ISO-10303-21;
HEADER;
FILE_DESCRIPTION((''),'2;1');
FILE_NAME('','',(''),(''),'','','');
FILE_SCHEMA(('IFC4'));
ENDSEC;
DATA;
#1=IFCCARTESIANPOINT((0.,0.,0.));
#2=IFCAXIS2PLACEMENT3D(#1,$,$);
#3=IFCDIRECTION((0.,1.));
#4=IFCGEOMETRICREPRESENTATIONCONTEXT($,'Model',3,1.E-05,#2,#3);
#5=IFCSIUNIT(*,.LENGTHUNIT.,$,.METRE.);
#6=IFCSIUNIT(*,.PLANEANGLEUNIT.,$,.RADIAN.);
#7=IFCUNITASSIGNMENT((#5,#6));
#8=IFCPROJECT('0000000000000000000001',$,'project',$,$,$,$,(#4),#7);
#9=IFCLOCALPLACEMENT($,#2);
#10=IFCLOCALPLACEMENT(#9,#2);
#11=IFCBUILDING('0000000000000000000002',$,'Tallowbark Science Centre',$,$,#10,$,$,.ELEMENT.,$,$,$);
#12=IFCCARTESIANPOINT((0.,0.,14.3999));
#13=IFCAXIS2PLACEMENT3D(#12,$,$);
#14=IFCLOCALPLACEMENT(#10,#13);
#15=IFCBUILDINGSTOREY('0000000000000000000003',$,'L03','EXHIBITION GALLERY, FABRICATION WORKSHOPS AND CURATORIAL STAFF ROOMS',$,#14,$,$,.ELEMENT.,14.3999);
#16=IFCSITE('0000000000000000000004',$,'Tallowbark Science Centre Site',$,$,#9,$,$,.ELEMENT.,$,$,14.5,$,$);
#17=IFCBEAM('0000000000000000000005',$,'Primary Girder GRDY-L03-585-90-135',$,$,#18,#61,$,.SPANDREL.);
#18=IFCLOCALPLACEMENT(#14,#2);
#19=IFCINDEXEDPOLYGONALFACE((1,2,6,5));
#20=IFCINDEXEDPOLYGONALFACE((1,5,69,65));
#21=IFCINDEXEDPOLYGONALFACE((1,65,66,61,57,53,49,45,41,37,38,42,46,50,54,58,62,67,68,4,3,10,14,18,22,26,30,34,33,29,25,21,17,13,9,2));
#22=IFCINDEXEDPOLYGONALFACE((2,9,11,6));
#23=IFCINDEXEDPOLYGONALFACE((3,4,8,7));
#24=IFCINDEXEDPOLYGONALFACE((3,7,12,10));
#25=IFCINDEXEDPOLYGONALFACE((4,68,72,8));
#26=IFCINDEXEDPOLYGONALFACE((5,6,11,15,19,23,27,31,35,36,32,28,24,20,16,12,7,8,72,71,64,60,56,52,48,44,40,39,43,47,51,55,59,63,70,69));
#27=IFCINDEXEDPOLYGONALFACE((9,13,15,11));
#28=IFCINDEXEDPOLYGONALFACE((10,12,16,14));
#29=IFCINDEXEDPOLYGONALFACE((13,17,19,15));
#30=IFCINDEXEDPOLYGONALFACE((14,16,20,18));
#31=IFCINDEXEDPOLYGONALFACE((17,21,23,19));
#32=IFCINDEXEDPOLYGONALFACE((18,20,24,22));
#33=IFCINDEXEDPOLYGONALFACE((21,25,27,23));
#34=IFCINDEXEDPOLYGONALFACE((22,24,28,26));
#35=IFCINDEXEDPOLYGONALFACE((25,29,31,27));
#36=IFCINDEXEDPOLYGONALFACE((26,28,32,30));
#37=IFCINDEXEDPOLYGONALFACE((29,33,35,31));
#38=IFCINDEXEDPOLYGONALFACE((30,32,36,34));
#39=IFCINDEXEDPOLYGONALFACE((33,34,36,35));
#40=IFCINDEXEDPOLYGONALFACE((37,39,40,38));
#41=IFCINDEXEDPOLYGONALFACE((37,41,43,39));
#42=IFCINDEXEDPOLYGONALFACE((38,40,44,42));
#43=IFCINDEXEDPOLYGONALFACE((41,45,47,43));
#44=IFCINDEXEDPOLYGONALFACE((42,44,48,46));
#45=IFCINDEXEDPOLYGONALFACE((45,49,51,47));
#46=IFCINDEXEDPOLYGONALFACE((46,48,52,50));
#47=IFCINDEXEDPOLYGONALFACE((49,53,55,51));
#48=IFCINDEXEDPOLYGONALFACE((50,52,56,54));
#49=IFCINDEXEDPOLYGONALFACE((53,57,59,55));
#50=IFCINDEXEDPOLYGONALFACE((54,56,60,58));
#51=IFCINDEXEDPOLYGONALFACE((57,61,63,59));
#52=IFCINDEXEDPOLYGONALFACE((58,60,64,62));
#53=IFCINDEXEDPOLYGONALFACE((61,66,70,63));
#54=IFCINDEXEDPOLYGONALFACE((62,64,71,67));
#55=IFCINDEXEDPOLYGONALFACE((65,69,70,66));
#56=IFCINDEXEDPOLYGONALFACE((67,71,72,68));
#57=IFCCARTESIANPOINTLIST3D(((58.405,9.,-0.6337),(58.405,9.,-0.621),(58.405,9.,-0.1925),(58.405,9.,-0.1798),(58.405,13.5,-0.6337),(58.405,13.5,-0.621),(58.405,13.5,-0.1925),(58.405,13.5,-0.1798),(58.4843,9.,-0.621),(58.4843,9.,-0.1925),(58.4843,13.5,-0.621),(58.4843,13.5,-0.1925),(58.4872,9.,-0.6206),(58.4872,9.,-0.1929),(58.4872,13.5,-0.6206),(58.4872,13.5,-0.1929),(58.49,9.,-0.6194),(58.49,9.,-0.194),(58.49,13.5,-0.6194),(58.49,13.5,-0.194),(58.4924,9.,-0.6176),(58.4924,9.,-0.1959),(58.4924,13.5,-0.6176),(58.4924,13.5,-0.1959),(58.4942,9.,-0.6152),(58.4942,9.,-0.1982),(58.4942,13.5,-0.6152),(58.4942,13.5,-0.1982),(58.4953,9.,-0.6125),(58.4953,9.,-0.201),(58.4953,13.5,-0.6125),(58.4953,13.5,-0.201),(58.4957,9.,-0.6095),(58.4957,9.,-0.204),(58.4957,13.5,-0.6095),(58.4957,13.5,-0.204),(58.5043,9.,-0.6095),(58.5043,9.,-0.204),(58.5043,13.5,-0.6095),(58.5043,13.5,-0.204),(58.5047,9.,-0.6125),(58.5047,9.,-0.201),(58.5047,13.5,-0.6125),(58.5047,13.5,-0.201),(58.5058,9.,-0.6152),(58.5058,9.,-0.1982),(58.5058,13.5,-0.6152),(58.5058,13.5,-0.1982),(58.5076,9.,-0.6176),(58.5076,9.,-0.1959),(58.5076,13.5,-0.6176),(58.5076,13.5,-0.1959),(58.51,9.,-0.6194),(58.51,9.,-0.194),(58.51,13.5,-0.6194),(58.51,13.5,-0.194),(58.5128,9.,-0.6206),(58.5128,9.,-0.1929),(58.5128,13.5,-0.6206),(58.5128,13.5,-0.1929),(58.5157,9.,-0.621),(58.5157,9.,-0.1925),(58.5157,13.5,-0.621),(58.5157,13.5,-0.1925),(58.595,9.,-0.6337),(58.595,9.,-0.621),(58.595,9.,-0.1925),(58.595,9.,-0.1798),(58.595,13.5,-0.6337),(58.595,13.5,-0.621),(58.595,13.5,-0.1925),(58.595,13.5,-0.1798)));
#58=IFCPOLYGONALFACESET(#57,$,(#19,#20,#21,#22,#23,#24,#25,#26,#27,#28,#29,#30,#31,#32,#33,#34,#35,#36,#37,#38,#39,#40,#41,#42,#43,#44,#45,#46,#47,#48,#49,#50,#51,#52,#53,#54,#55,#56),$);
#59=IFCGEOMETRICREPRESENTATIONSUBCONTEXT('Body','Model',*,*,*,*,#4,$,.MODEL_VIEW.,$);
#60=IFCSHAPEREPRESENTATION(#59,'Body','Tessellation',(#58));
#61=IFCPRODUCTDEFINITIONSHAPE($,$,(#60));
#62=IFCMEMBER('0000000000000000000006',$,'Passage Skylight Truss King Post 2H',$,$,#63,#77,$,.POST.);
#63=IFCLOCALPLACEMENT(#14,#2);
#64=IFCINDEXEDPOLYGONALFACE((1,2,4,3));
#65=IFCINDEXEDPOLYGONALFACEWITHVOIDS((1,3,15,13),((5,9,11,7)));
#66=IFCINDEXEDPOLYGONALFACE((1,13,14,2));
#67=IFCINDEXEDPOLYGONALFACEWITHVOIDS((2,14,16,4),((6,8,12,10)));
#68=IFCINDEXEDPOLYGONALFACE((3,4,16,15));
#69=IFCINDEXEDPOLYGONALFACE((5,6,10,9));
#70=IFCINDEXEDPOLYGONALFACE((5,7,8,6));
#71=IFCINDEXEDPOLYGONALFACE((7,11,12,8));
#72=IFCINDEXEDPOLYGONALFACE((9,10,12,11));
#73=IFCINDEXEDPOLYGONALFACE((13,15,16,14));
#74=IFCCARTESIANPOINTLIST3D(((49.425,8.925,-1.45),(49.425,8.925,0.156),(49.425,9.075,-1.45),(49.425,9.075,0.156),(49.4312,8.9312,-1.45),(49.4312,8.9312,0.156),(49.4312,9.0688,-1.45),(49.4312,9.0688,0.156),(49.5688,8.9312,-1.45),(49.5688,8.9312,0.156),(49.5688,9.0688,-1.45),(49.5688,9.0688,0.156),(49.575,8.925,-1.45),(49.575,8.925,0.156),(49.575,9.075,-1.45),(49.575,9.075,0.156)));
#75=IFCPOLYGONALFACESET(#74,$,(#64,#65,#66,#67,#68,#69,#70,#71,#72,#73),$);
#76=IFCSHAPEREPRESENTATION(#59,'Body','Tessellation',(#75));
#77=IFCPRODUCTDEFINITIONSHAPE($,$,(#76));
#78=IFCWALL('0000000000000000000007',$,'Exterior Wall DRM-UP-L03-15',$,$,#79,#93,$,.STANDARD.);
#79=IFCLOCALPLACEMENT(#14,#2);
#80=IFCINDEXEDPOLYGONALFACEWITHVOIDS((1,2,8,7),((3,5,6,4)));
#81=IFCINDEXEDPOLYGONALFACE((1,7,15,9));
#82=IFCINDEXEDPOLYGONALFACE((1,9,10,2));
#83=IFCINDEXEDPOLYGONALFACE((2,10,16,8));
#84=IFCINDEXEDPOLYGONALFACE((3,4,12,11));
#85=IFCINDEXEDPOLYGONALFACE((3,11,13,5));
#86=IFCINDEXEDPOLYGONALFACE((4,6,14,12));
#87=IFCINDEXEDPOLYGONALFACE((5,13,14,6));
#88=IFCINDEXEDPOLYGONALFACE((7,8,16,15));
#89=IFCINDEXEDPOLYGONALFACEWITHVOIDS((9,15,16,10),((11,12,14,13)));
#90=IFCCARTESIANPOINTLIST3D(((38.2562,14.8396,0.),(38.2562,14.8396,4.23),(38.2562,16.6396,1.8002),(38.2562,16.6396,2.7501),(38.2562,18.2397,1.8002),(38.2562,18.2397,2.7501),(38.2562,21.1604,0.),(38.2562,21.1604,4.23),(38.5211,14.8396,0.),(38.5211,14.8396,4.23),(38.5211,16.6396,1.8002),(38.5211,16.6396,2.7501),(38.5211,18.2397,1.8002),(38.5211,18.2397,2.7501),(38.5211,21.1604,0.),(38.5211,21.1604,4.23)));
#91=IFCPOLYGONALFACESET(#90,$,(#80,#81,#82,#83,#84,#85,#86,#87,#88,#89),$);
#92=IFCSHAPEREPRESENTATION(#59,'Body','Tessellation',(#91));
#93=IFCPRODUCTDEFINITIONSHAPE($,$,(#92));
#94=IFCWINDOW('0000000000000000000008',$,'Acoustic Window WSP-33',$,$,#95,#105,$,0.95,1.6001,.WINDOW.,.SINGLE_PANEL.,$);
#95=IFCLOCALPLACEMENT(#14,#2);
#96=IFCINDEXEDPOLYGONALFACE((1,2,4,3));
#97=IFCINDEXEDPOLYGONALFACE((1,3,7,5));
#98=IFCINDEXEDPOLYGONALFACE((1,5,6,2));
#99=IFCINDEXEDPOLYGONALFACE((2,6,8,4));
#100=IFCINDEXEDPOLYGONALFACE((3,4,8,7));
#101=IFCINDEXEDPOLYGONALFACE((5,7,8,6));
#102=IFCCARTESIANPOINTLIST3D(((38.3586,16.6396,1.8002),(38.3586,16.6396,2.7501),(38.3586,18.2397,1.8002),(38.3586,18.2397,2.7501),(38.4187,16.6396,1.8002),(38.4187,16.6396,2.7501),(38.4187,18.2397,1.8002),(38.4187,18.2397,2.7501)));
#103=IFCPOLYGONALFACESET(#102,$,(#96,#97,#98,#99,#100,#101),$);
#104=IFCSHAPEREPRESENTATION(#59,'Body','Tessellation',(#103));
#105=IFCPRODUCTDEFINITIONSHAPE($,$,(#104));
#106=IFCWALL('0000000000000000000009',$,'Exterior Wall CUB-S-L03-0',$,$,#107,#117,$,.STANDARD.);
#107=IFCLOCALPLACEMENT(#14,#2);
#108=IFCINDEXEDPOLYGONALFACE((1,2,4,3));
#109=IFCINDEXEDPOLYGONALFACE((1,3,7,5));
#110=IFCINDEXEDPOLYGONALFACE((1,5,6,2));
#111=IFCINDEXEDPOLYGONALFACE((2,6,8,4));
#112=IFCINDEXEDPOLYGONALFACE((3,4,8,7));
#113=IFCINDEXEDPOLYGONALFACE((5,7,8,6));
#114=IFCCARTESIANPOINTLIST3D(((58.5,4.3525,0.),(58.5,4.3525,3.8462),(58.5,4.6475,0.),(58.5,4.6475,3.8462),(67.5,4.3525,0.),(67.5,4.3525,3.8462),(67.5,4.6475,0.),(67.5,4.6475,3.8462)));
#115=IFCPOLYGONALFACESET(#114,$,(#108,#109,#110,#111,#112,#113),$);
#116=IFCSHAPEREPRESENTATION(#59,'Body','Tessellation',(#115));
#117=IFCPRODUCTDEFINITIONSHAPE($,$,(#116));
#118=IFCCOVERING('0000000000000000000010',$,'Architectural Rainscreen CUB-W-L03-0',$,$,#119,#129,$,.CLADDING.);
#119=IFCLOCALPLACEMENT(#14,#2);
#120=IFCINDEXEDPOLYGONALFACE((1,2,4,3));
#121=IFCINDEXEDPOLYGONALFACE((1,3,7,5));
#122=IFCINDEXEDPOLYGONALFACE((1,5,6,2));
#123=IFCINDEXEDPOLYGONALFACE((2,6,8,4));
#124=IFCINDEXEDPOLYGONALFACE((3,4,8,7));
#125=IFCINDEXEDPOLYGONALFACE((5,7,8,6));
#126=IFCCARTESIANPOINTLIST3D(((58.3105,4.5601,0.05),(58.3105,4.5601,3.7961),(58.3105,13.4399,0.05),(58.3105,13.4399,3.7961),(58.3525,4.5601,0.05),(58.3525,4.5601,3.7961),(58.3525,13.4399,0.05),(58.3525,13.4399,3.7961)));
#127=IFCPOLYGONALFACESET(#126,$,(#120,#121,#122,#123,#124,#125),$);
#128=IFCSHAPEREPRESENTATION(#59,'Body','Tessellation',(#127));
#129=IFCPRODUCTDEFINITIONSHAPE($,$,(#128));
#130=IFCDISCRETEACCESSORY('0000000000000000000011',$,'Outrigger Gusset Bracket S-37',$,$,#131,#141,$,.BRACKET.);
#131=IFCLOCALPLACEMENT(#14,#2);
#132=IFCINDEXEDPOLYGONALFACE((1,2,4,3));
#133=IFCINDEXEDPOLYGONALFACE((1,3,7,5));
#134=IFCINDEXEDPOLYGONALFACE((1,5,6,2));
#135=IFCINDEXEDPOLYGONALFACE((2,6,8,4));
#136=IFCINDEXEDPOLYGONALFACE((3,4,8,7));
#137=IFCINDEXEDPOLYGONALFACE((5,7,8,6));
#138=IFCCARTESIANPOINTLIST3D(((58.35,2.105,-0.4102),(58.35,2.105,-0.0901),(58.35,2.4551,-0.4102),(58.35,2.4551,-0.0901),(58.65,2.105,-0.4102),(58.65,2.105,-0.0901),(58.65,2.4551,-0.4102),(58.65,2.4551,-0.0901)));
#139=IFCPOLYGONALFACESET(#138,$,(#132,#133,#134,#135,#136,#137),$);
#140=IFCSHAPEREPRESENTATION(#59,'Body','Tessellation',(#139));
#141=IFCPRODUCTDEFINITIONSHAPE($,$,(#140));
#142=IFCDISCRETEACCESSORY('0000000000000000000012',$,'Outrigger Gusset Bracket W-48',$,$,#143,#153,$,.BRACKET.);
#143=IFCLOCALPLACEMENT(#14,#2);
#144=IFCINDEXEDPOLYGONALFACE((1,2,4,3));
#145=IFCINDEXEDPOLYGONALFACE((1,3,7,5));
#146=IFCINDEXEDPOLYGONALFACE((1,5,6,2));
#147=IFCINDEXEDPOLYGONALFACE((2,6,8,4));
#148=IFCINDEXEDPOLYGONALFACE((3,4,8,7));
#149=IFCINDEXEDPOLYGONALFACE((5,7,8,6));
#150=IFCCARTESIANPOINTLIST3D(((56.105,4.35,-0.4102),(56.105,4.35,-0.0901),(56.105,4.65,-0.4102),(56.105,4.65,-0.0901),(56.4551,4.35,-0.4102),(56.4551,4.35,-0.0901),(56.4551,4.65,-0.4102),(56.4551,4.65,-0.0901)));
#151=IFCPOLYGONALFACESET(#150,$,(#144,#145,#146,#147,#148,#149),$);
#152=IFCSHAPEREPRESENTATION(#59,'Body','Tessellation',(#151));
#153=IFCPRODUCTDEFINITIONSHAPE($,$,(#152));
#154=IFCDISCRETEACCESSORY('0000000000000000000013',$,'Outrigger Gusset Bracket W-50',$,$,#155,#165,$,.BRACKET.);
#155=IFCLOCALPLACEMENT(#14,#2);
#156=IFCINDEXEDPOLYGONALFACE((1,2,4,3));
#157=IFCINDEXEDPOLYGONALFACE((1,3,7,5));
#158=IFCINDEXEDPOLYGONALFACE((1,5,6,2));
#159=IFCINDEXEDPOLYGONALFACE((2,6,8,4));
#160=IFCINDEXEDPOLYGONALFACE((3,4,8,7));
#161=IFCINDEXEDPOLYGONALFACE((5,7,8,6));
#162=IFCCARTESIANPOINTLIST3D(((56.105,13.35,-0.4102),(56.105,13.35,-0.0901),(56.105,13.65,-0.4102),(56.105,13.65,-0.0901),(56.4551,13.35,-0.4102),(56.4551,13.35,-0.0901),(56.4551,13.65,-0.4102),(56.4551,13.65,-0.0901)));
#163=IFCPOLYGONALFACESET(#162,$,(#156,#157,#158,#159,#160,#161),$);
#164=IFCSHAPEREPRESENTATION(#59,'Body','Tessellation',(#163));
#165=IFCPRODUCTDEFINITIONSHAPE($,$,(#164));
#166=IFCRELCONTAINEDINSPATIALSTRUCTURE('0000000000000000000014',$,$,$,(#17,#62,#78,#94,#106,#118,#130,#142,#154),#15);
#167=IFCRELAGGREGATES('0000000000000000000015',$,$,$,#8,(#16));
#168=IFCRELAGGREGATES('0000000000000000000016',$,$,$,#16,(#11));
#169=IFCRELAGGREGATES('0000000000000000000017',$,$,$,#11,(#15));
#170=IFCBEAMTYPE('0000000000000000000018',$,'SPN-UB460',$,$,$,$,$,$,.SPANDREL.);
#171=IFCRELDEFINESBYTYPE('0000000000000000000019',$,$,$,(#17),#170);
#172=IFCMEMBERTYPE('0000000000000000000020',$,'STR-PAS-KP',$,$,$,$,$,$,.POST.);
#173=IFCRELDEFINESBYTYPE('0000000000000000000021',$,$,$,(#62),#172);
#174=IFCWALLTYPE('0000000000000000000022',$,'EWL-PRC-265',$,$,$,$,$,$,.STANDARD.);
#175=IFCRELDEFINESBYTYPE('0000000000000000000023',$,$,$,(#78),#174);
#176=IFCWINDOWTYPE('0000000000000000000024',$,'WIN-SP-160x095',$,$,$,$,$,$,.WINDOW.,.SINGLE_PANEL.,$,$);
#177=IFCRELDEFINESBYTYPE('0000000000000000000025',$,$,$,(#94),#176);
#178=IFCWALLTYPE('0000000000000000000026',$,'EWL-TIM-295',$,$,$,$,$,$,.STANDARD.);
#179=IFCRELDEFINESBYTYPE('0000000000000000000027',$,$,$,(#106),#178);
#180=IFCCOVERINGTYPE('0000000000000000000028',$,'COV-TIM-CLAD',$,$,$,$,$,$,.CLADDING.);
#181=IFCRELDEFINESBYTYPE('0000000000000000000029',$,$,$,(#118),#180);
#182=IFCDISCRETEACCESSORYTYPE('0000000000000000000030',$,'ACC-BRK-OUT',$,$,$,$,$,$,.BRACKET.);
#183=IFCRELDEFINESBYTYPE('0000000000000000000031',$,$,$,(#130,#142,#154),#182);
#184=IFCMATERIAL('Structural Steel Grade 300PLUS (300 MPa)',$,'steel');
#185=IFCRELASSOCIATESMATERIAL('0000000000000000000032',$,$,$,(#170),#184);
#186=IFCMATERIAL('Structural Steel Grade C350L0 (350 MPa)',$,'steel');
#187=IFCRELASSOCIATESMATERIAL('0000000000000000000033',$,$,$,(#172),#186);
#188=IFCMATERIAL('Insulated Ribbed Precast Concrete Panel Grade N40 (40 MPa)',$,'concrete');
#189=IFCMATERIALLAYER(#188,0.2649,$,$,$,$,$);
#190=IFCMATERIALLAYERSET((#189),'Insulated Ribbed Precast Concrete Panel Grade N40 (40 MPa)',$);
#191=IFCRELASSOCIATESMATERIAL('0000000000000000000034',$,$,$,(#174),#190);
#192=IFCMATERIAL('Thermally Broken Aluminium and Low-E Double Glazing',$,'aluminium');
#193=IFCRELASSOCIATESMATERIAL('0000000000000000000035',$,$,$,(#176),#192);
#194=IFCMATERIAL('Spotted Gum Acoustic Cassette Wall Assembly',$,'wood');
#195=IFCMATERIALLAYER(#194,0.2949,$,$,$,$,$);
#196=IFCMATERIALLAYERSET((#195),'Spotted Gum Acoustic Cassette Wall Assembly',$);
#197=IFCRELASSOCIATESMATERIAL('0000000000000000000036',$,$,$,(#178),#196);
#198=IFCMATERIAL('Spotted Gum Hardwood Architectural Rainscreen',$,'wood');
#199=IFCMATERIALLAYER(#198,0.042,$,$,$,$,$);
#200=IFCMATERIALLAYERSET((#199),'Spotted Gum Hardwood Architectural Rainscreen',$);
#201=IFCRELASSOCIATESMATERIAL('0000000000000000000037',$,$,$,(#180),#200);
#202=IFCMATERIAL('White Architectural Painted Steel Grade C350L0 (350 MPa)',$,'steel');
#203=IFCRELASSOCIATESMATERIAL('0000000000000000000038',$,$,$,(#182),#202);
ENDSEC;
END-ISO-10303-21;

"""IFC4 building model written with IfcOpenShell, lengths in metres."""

from ifc_helpers import new_model, si_unit, direction, frame, frame_2d, origin, origin_2d, place, context, subcontext, project, spatial, rectangle, hollow_rectangle, i_section, extrude, material, layer, layer_set, material_profile, profile_set, type_object, element, fill, save


model = new_model("IFC4")

# Units and contexts
model_context = context("Model", 3, precision=1e-05, world=origin(), true_north=direction((0.0, 1.0)))
body_context = subcontext(model_context, "Body", "Model", "MODEL_VIEW")
ifc_project = project(units=[si_unit("LENGTHUNIT", "METRE"), si_unit("PLANEANGLEUNIT", "RADIAN")], contexts=[model_context])

# Site, building, storey
site_placement = place(None, origin())
site = spatial("IfcSite", under=ifc_project, at=site_placement, Name="Tallowbark Science Centre Site", CompositionType="ELEMENT", RefElevation=14.5)
building_placement = place(site_placement, origin())
building = spatial("IfcBuilding", under=site, at=building_placement, Name="Tallowbark Science Centre", CompositionType="ELEMENT")
storey_placement = place(building_placement, frame((0.0, 0.0, 14.3999)))
storey = spatial("IfcBuildingStorey", under=building, at=storey_placement, Name="L03", Description="EXHIBITION GALLERY, FABRICATION WORKSHOPS AND CURATORIAL STAFF ROOMS", CompositionType="ELEMENT", Elevation=14.3999)

# Shared definitions
ifc_material_1 = material(Name="White Architectural Painted Steel Grade C350L0 (350 MPa)", Category="steel")
ifc_material_2 = material(Name="Structural Steel Grade 300PLUS (300 MPa)", Category="steel")

# Shared definitions
ifc_material_3 = material(Name="Structural Steel Grade C350L0 (350 MPa)", Category="steel")

# Beam
ifc_material_profile_1 = material_profile(ifc_material_2, i_section(OverallWidth=0.1899, OverallDepth=0.4539, WebThickness=0.0085, FlangeThickness=0.0127, FilletRadius=0.0115, at=origin_2d()), Name="460UB67.1")
ifc_profile_set_1 = profile_set([ifc_material_profile_1], Name="Structural Steel Grade 300PLUS (300 MPa)")
beam_type_1 = type_object("IfcBeamType", Name="SPN-UB460", PredefinedType="SPANDREL", material=ifc_profile_set_1)
for number, where, z_axis, x_axis, name in (
    (1, (58.5, 9.0, -0.4067), (0.0, 1.0, 0.0), (-1.0, 0.0, 0.0), "Primary Girder GRDY-L03-585-90-135"),
):
    element("IfcBeam", number, at=place(storey_placement, frame(where, z_axis=z_axis, x_axis=x_axis)), inside=storey, type_object=beam_type_1, Name=name, PredefinedType="SPANDREL", context=body_context, shape_type="SweptSolid", body=[
        extrude(i_section(OverallWidth=0.1899, OverallDepth=0.4539, WebThickness=0.0085, FlangeThickness=0.0127, FilletRadius=0.0115, at=origin_2d()), origin(), (0.0, 0.0, 1.0), 4.5),
    ])

# Member
ifc_material_profile_2 = material_profile(ifc_material_3, hollow_rectangle(XDim=0.1499, YDim=0.1499, WallThickness=0.0061, at=origin_2d()), Name="150x150x6.0SHS")
ifc_profile_set_2 = profile_set([ifc_material_profile_2], Name="Structural Steel Grade C350L0 (350 MPa)")
member_type_1 = type_object("IfcMemberType", Name="STR-PAS-KP", PredefinedType="POST", material=ifc_profile_set_2)
member_1_placement = place(storey_placement, frame((49.5, 9.0, -1.45), z_axis=(0.0, 0.0, 1.0), x_axis=(1.0, 0.0, 0.0)))
element("IfcMember", 2, at=member_1_placement, inside=storey, type_object=member_type_1, Name="Passage Skylight Truss King Post 2H", PredefinedType="POST", context=body_context, shape_type="SweptSolid", body=[
    extrude(hollow_rectangle(XDim=0.1499, YDim=0.1499, WallThickness=0.0061, at=origin_2d()), origin(), (0.0, 0.0, 1.0), 1.606),
])

# Wall, opening, window
ifc_material_4 = material(Name="Insulated Ribbed Precast Concrete Panel Grade N40 (40 MPa)", Category="concrete")
ifc_layer_1 = layer(ifc_material_4, 0.2649)
ifc_layer_set_1 = layer_set([ifc_layer_1], Name="Insulated Ribbed Precast Concrete Panel Grade N40 (40 MPa)")
wall_type_1 = type_object("IfcWallType", Name="EWL-PRC-265", PredefinedType="STANDARD", material=ifc_layer_set_1)
wall_1_placement = place(storey_placement, frame((38.3887, 14.8396, 0.0), z_axis=(0.0, 0.0, 1.0), x_axis=(0.0, 1.0, 0.0)))
wall_1 = element("IfcWall", 3, at=wall_1_placement, inside=storey, type_object=wall_type_1, Name="Exterior Wall DRM-UP-L03-15", PredefinedType="STANDARD", context=body_context, shape_type="SweptSolid", body=[
    extrude(rectangle(XDim=6.3208, YDim=0.2649, at=frame_2d((3.1604, 0.0))), origin(), (0.0, 0.0, 1.0), 4.23),
])
opening_placement = place(wall_1_placement, frame((1.8, 0.0, 1.8)))
opening = element("IfcOpeningElement", 4, at=opening_placement, cuts=wall_1, PredefinedType="OPENING", context=body_context, shape_type="SweptSolid", body=[
    extrude(rectangle(XDim=1.6001, YDim=0.95, at=frame_2d((0.8, 0.4751))), frame((0.0, 0.1426, 0.0), z_axis=(0.0, -1.0, 0.0), x_axis=(1.0, 0.0, 0.0)), (0.0, 0.0, 1.0), 0.2849),
])
ifc_material_5 = material(Name="Thermally Broken Aluminium and Low-E Double Glazing", Category="aluminium")
window_type = type_object("IfcWindowType", Name="WIN-SP-160x095", PartitioningType="SINGLE_PANEL", PredefinedType="WINDOW", material=ifc_material_5)
window_placement = place(opening_placement, origin())
window = element("IfcWindow", 5, at=window_placement, inside=storey, type_object=window_type, Name="Acoustic Window WSP-33", OverallHeight=0.95, OverallWidth=1.6001, PartitioningType="SINGLE_PANEL", PredefinedType="WINDOW", context=body_context, shape_type="SweptSolid", body=[
    extrude(rectangle(XDim=1.6001, YDim=0.95, at=frame_2d((0.8, 0.4751))), frame((0.0, 0.03, 0.0), z_axis=(0.0, -1.0, 0.0), x_axis=(1.0, 0.0, 0.0)), (0.0, 0.0, 1.0), 0.0601),
])
fill(opening, window)

# Wall
ifc_material_6 = material(Name="Spotted Gum Acoustic Cassette Wall Assembly", Category="wood")
ifc_layer_2 = layer(ifc_material_6, 0.2949)
ifc_layer_set_2 = layer_set([ifc_layer_2], Name="Spotted Gum Acoustic Cassette Wall Assembly")
wall_type_2 = type_object("IfcWallType", Name="EWL-TIM-295", PredefinedType="STANDARD", material=ifc_layer_set_2)
wall_2_placement = place(storey_placement, frame((58.5, 4.5, 0.0), z_axis=(0.0, 0.0, 1.0), x_axis=(1.0, 0.0, 0.0)))
element("IfcWall", 6, at=wall_2_placement, inside=storey, type_object=wall_type_2, Name="Exterior Wall CUB-S-L03-0", PredefinedType="STANDARD", context=body_context, shape_type="SweptSolid", body=[
    extrude(rectangle(XDim=9.0, YDim=0.2949, at=frame_2d((4.5, 0.0))), origin(), (0.0, 0.0, 1.0), 3.8462),
])

# Covering
ifc_material_7 = material(Name="Spotted Gum Hardwood Architectural Rainscreen", Category="wood")
ifc_layer_3 = layer(ifc_material_7, 0.042)
ifc_layer_set_3 = layer_set([ifc_layer_3], Name="Spotted Gum Hardwood Architectural Rainscreen")
covering_type = type_object("IfcCoveringType", Name="COV-TIM-CLAD", PredefinedType="CLADDING", material=ifc_layer_set_3)
covering_placement = place(storey_placement, frame((58.3315, 9.0, 0.05), z_axis=(0.0, 0.0, 1.0), x_axis=(0.0, -1.0, 0.0)))
element("IfcCovering", 7, at=covering_placement, inside=storey, type_object=covering_type, Name="Architectural Rainscreen CUB-W-L03-0", PredefinedType="CLADDING", context=body_context, shape_type="SweptSolid", body=[
    extrude(rectangle(XDim=8.8799, YDim=0.042, at=origin_2d()), origin(), (0.0, 0.0, 1.0), 3.7461),
])

# Discrete accessories
discrete_accessory_type = type_object("IfcDiscreteAccessoryType", Name="ACC-BRK-OUT", PredefinedType="BRACKET", material=ifc_material_1)
discrete_accessory_placement = place(storey_placement, frame((58.5, 2.28, -0.4102), z_axis=(0.0, 0.0, 1.0), x_axis=(1.0, 0.0, 0.0)))
element("IfcDiscreteAccessory", 8, at=discrete_accessory_placement, inside=storey, type_object=discrete_accessory_type, Name="Outrigger Gusset Bracket S-37", PredefinedType="BRACKET", context=body_context, shape_type="SweptSolid", body=[
    extrude(rectangle(XDim=0.3, YDim=0.3501, at=origin_2d()), origin(), (0.0, 0.0, 1.0), 0.3201),
])
for number, where, z_axis, x_axis, name in (
    (9, (56.28, 4.5, -0.4102), (0.0, 0.0, 1.0), (1.0, 0.0, 0.0), "Outrigger Gusset Bracket W-48"),
    (10, (56.28, 13.5, -0.4102), (0.0, 0.0, 1.0), (1.0, 0.0, 0.0), "Outrigger Gusset Bracket W-50"),
):
    element("IfcDiscreteAccessory", number, at=place(storey_placement, frame(where, z_axis=z_axis, x_axis=x_axis)), inside=storey, type_object=discrete_accessory_type, Name=name, PredefinedType="BRACKET", context=body_context, shape_type="SweptSolid", body=[
        extrude(rectangle(XDim=0.3501, YDim=0.3, at=origin_2d()), origin(), (0.0, 0.0, 1.0), 0.3201),
    ])

save(model, "model.ifc")
